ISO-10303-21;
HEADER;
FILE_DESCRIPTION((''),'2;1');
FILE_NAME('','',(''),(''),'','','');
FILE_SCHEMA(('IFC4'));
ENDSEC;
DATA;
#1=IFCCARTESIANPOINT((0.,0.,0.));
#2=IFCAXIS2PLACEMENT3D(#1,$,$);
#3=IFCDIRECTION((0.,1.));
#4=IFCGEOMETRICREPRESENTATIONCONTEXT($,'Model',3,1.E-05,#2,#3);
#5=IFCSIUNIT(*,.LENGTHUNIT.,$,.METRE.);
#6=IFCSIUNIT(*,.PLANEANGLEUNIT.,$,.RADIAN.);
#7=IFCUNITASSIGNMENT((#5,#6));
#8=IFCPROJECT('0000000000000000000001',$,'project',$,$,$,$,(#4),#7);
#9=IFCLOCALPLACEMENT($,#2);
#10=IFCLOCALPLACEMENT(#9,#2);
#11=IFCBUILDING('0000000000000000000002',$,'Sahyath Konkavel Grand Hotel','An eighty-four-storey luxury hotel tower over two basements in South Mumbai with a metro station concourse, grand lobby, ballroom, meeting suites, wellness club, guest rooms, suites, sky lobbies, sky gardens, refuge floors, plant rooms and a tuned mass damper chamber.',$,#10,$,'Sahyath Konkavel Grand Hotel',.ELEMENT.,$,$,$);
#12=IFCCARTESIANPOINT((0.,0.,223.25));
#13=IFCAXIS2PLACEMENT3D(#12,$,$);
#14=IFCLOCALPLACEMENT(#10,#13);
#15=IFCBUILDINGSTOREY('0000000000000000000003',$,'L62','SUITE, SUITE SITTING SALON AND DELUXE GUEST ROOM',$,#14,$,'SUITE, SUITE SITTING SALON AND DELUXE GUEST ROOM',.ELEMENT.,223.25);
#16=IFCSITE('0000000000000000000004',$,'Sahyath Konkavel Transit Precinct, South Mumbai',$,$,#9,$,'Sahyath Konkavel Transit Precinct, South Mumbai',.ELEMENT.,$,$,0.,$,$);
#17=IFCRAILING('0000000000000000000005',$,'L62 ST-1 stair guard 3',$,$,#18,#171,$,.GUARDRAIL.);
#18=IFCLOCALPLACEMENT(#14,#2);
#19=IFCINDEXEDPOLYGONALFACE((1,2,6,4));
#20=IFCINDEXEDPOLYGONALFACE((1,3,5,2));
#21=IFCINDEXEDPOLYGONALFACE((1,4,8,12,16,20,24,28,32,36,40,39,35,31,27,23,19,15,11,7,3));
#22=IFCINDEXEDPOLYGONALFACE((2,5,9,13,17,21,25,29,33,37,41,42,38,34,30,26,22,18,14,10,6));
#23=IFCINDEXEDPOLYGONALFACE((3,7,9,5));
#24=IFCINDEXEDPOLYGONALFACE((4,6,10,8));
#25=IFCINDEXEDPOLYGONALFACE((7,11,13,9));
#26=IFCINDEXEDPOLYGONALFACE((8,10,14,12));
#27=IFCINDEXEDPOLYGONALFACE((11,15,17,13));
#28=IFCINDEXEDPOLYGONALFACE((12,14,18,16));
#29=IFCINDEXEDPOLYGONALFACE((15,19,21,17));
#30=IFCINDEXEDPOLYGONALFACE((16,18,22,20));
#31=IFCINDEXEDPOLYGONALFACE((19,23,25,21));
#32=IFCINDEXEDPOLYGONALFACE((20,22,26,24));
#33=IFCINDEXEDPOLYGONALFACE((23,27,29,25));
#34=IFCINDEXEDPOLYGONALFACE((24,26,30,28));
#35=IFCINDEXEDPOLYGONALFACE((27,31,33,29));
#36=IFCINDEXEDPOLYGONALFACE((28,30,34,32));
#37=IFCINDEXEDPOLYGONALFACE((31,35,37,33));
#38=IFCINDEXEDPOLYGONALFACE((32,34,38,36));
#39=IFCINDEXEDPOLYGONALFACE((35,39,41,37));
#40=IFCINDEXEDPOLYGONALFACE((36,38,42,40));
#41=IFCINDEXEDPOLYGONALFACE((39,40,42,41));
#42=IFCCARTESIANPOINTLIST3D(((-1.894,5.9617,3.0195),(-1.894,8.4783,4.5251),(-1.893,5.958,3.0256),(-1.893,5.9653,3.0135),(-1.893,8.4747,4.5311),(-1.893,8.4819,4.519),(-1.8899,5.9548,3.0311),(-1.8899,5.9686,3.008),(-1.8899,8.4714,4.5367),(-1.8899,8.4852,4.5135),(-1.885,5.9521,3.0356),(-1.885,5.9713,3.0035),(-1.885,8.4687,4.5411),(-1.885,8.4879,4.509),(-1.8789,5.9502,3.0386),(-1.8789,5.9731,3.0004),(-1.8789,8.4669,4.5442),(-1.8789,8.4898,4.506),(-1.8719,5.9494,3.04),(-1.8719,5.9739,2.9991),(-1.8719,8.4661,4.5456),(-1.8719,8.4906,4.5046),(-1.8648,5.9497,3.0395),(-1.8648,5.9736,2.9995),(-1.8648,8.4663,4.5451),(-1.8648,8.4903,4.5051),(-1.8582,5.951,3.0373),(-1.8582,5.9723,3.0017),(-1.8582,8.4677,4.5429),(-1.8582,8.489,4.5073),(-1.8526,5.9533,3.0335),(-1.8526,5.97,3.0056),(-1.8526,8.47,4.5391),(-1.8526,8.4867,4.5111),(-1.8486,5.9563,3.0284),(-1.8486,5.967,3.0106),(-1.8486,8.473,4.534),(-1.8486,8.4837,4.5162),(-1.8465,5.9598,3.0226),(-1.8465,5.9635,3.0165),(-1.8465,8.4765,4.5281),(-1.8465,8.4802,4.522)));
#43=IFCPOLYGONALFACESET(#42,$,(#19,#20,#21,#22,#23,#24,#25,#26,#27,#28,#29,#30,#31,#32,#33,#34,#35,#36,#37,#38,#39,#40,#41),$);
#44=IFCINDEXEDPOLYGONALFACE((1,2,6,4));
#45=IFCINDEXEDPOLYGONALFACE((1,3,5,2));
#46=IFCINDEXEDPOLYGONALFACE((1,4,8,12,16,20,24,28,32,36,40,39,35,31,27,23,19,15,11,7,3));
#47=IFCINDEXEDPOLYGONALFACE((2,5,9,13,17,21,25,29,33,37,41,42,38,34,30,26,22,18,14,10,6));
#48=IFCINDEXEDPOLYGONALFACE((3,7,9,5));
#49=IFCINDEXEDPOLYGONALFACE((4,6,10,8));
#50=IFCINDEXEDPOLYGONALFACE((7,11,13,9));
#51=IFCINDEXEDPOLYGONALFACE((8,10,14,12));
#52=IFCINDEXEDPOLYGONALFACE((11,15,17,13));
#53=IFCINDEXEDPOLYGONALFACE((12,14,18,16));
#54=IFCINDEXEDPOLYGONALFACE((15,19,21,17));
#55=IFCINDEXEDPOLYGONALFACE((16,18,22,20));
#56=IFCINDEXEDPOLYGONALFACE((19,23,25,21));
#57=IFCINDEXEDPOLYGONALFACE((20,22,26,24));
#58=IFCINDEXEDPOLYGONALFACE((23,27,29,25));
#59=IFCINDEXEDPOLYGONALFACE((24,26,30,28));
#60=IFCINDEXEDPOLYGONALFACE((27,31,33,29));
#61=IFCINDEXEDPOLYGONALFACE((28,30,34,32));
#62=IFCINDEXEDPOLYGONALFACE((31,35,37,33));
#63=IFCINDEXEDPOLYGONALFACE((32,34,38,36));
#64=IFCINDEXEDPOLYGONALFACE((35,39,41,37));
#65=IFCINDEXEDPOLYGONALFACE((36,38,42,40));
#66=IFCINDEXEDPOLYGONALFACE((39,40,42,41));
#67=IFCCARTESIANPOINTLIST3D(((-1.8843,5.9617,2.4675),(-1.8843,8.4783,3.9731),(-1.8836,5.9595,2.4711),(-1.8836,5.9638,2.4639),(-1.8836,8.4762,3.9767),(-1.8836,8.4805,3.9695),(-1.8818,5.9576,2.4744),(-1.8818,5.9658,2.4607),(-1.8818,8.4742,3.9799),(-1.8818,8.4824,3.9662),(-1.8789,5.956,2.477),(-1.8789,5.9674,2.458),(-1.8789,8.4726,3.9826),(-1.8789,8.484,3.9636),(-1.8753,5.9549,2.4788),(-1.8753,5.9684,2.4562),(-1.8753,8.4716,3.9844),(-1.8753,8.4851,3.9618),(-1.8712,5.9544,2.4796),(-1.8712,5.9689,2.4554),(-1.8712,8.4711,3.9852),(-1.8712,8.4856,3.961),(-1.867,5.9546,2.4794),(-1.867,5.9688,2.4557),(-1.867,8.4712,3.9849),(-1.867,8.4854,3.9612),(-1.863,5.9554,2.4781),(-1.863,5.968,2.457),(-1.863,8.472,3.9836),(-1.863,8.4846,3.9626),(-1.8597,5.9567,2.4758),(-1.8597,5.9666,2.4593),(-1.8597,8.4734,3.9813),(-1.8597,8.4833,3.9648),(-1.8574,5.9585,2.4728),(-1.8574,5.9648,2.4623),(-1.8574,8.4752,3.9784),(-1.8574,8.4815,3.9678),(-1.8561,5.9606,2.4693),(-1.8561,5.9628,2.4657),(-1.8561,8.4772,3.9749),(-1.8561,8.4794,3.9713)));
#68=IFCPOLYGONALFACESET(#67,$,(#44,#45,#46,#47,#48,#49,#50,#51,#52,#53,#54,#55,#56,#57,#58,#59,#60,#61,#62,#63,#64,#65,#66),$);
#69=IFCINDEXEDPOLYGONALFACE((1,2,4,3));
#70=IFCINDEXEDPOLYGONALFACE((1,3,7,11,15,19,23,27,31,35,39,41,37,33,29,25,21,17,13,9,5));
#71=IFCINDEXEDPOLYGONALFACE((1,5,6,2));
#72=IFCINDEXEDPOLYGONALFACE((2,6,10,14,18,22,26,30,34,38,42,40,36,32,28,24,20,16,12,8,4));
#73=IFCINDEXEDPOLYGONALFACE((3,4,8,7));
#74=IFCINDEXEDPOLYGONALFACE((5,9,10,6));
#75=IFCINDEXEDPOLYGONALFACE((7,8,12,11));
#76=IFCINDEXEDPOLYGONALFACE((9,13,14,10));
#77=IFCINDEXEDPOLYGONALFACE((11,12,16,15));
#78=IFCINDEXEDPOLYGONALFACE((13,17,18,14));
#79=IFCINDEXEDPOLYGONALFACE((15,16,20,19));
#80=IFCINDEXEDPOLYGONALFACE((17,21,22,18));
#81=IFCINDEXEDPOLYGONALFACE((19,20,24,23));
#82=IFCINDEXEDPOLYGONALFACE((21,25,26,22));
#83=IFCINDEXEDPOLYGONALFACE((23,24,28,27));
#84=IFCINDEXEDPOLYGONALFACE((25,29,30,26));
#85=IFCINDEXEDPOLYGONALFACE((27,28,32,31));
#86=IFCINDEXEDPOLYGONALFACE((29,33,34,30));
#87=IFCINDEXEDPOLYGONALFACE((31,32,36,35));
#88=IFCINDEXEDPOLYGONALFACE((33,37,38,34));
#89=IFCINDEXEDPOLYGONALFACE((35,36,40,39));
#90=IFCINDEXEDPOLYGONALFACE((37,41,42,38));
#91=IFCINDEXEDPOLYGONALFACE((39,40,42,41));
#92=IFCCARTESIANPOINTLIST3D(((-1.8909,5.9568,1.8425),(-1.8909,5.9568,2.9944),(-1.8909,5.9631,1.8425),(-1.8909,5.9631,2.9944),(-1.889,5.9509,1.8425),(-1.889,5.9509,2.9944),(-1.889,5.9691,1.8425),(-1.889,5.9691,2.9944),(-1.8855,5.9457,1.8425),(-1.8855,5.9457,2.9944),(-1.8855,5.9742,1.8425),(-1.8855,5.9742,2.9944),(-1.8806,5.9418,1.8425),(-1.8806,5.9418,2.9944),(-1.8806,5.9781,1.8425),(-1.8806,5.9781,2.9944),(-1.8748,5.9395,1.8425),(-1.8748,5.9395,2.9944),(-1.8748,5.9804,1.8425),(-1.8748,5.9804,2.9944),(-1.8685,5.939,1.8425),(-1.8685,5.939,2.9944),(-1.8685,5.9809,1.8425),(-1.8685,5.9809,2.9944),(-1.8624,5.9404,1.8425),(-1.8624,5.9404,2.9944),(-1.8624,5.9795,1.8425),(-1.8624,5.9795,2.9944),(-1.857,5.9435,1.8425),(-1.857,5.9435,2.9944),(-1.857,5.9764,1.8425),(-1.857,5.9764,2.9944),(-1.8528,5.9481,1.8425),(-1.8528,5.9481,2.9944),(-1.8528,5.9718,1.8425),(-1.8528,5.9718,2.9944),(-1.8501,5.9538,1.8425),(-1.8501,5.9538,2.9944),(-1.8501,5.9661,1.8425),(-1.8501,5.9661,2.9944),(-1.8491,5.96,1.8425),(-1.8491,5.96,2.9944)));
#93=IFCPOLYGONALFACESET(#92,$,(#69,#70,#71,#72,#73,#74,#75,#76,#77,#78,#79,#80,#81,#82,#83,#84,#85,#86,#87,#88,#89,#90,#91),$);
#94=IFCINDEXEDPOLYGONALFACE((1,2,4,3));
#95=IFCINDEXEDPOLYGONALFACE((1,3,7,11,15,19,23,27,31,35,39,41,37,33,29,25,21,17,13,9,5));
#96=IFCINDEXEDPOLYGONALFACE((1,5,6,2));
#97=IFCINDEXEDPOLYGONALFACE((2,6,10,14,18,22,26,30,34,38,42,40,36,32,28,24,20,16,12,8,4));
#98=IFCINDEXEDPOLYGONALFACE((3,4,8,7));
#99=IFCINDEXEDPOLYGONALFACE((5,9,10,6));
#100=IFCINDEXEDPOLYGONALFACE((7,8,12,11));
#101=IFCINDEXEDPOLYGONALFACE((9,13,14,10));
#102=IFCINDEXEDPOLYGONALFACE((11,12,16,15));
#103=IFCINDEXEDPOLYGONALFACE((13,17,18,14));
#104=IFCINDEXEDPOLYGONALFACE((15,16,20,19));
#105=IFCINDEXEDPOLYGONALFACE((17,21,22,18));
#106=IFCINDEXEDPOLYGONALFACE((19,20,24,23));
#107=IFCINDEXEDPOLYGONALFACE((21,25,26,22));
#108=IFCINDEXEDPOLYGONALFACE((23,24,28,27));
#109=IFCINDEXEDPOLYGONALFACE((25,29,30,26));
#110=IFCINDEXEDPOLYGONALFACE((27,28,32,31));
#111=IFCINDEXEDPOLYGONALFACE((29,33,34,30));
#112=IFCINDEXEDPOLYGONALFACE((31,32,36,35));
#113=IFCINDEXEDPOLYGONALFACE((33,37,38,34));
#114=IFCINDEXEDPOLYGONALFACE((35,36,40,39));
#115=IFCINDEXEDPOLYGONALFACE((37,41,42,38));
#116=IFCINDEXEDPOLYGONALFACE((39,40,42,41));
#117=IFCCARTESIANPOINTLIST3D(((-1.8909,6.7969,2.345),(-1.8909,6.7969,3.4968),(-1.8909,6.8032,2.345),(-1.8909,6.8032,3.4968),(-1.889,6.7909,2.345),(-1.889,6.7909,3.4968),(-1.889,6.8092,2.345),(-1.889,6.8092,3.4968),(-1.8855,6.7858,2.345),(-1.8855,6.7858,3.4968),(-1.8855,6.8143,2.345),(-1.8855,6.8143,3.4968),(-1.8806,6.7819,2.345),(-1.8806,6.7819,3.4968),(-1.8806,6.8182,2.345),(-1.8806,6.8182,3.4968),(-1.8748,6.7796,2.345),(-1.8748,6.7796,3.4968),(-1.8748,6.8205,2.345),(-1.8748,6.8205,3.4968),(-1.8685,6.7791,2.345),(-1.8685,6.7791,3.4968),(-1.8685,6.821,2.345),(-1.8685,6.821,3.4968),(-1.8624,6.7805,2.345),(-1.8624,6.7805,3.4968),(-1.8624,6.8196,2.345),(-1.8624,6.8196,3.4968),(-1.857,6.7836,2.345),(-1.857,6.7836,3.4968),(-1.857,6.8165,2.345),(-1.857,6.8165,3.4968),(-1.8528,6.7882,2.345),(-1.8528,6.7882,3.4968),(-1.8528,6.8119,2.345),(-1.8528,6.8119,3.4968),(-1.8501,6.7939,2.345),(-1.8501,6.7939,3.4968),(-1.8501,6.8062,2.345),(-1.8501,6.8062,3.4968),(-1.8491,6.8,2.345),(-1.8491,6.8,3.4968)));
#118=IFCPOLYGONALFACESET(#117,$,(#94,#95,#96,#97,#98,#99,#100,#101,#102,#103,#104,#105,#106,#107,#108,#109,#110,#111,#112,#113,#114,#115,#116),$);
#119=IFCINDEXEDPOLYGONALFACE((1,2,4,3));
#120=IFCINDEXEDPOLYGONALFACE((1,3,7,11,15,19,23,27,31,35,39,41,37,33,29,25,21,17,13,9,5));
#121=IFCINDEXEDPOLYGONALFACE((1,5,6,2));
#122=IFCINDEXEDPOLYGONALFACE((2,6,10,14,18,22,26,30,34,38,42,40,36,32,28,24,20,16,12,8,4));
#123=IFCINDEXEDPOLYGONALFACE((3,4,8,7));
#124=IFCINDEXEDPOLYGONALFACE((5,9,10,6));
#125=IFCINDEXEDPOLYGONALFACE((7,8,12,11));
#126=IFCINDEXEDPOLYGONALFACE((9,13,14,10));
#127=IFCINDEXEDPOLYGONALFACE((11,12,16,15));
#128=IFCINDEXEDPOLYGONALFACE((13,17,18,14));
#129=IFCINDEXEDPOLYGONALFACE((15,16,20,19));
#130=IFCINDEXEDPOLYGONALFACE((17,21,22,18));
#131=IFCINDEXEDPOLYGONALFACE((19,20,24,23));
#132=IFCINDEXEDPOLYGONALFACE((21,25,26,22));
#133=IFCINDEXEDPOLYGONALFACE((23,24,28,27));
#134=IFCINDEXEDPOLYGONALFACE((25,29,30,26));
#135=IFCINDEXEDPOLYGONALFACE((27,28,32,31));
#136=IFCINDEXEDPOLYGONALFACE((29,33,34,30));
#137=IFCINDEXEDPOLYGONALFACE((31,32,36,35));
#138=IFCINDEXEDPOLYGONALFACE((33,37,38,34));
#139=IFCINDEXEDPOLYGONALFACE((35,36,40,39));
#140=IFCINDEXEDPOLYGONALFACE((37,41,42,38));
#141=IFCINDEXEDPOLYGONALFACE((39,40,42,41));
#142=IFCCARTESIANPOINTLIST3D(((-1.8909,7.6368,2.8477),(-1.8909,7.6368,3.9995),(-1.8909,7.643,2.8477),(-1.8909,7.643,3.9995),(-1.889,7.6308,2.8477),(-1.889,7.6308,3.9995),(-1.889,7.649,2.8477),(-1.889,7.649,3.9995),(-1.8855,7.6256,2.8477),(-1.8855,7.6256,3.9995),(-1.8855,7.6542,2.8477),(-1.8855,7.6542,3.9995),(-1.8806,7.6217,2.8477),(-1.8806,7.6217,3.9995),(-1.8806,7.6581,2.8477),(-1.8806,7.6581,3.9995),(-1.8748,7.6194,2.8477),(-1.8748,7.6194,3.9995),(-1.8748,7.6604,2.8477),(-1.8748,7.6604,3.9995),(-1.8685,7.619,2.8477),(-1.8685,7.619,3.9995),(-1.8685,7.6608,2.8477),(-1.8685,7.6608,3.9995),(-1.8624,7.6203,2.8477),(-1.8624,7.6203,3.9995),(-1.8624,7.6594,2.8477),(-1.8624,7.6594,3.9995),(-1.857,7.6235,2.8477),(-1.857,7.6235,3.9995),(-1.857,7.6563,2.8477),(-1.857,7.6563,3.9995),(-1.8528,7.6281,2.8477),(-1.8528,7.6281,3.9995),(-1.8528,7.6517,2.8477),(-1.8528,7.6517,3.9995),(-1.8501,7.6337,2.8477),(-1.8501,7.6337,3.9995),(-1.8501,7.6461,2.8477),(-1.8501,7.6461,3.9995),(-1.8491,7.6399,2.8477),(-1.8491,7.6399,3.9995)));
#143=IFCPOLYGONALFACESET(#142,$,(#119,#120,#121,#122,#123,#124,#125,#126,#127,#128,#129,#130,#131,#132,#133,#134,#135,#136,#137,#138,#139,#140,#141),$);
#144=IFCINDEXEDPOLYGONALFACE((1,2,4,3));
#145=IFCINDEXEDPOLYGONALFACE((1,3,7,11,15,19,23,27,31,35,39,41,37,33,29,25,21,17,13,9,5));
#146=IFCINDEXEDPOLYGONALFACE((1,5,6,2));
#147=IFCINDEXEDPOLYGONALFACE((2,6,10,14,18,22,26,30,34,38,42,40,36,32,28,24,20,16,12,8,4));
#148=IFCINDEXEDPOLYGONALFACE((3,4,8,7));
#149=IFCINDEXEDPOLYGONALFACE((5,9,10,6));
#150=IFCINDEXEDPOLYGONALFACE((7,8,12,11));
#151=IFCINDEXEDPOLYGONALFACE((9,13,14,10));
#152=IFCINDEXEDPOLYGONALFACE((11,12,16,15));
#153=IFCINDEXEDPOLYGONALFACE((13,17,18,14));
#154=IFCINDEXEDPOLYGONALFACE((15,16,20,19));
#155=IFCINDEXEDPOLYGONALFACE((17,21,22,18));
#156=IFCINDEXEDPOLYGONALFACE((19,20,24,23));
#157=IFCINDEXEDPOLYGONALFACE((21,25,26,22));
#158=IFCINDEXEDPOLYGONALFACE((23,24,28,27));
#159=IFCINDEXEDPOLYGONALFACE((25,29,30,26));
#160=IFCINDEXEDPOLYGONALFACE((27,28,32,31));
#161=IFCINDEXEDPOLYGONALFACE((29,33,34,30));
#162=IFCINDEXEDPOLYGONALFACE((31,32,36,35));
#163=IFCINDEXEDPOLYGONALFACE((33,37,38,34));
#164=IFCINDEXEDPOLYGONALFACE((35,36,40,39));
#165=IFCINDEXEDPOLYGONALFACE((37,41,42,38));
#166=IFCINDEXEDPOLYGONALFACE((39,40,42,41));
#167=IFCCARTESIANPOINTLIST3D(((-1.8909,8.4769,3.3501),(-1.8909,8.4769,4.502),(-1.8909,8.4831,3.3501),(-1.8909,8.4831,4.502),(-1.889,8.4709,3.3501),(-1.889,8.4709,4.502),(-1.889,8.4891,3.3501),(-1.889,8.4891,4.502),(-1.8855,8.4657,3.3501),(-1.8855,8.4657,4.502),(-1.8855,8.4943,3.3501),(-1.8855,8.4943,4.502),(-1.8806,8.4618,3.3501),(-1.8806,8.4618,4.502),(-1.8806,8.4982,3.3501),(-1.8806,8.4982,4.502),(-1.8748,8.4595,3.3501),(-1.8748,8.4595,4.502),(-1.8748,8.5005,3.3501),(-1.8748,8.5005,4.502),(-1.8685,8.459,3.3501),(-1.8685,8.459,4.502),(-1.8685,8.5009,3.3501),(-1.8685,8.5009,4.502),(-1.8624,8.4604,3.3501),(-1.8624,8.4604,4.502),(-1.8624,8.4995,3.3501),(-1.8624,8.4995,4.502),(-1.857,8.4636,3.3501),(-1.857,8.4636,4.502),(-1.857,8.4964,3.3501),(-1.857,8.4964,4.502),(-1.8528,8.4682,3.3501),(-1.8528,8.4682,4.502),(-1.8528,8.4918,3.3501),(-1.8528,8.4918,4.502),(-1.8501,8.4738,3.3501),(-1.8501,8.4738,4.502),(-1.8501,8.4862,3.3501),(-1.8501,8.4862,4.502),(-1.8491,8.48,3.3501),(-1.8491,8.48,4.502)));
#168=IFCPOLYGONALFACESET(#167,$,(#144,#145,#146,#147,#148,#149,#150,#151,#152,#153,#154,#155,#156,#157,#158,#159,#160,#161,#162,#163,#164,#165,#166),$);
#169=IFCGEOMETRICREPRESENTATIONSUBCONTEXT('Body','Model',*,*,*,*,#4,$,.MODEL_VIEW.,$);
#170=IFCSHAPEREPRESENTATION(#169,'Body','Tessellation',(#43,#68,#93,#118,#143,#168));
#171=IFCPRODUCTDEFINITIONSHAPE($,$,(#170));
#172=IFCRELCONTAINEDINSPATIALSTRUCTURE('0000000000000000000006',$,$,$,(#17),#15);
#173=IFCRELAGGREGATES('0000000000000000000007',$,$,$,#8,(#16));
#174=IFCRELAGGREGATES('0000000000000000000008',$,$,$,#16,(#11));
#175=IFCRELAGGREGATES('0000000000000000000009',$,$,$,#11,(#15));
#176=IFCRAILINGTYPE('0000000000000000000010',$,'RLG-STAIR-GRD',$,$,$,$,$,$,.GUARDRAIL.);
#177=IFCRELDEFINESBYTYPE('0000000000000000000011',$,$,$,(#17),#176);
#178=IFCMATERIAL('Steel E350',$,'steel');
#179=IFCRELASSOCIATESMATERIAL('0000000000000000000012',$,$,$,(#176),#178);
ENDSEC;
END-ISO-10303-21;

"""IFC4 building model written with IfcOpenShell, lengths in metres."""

from ifc_helpers import new_model, si_unit, direction, frame, origin, origin_2d, place, context, subcontext, project, spatial, circle, extrude, material, type_object, element, save


model = new_model("IFC4")

# Units and contexts
model_context = context("Model", 3, precision=1e-05, world=origin(), true_north=direction((0.0, 1.0)))
body_context = subcontext(model_context, "Body", "Model", "MODEL_VIEW")
ifc_project = project(units=[si_unit("LENGTHUNIT", "METRE"), si_unit("PLANEANGLEUNIT", "RADIAN")], contexts=[model_context])

# Site, building, storey
site_placement = place(None, origin())
site = spatial("IfcSite", under=ifc_project, at=site_placement, Name="Sahyath Konkavel Transit Precinct, South Mumbai", LongName="Sahyath Konkavel Transit Precinct, South Mumbai", CompositionType="ELEMENT", RefElevation=0.0)
building_placement = place(site_placement, origin())
building = spatial("IfcBuilding", under=site, at=building_placement, Name="Sahyath Konkavel Grand Hotel", Description="An eighty-four-storey luxury hotel tower over two basements in South Mumbai with a metro station concourse, grand lobby, ballroom, meeting suites, wellness club, guest rooms, suites, sky lobbies, sky gardens, refuge floors, plant rooms and a tuned mass damper chamber.", LongName="Sahyath Konkavel Grand Hotel", CompositionType="ELEMENT")
storey_placement = place(building_placement, frame((0.0, 0.0, 223.25)))
storey = spatial("IfcBuildingStorey", under=building, at=storey_placement, Name="L62", Description="SUITE, SUITE SITTING SALON AND DELUXE GUEST ROOM", LongName="SUITE, SUITE SITTING SALON AND DELUXE GUEST ROOM", CompositionType="ELEMENT", Elevation=223.25)

# Shared definitions
ifc_material_1 = material(Name="Steel E350", Category="steel")

# Railing
railing_type_1 = type_object("IfcRailingType", Name="RLG-STAIR-GRD", PredefinedType="GUARDRAIL", material=ifc_material_1)
railing_1_placement = place(storey_placement, frame((-1.8701, 5.96, 1.8425)))
element("IfcRailing", 1, at=railing_1_placement, inside=storey, type_object=railing_type_1, Name="L62 ST-1 stair guard 3", PredefinedType="GUARDRAIL", context=body_context, shape_type="SweptSolid", body=[
    extrude(circle(Radius=0.0239, at=origin_2d()), frame((0.0, 0.0017, 1.177), z_axis=(0.0, 0.85816, 0.513383), x_axis=(-1.0, 0.0, 0.0)), (0.0, 0.0, 1.0), 2.9326),
    extrude(circle(Radius=0.0142, at=origin_2d()), frame((0.0, 0.0017, 0.625), z_axis=(0.0, 0.85816, 0.513383), x_axis=(-1.0, 0.0, 0.0)), (0.0, 0.0, 1.0), 2.9326),
    extrude(circle(Radius=0.021, at=origin_2d()), origin(), (0.0, 0.0, 1.0), 1.1519),
    extrude(circle(Radius=0.021, at=origin_2d()), frame((0.0, 0.8401, 0.5024)), (0.0, 0.0, 1.0), 1.1519),
    extrude(circle(Radius=0.021, at=origin_2d()), frame((0.0, 1.6799, 1.0051)), (0.0, 0.0, 1.0), 1.1519),
    extrude(circle(Radius=0.021, at=origin_2d()), frame((0.0, 2.52, 1.5076)), (0.0, 0.0, 1.0), 1.1519),
])

save(model, "model.ifc")
